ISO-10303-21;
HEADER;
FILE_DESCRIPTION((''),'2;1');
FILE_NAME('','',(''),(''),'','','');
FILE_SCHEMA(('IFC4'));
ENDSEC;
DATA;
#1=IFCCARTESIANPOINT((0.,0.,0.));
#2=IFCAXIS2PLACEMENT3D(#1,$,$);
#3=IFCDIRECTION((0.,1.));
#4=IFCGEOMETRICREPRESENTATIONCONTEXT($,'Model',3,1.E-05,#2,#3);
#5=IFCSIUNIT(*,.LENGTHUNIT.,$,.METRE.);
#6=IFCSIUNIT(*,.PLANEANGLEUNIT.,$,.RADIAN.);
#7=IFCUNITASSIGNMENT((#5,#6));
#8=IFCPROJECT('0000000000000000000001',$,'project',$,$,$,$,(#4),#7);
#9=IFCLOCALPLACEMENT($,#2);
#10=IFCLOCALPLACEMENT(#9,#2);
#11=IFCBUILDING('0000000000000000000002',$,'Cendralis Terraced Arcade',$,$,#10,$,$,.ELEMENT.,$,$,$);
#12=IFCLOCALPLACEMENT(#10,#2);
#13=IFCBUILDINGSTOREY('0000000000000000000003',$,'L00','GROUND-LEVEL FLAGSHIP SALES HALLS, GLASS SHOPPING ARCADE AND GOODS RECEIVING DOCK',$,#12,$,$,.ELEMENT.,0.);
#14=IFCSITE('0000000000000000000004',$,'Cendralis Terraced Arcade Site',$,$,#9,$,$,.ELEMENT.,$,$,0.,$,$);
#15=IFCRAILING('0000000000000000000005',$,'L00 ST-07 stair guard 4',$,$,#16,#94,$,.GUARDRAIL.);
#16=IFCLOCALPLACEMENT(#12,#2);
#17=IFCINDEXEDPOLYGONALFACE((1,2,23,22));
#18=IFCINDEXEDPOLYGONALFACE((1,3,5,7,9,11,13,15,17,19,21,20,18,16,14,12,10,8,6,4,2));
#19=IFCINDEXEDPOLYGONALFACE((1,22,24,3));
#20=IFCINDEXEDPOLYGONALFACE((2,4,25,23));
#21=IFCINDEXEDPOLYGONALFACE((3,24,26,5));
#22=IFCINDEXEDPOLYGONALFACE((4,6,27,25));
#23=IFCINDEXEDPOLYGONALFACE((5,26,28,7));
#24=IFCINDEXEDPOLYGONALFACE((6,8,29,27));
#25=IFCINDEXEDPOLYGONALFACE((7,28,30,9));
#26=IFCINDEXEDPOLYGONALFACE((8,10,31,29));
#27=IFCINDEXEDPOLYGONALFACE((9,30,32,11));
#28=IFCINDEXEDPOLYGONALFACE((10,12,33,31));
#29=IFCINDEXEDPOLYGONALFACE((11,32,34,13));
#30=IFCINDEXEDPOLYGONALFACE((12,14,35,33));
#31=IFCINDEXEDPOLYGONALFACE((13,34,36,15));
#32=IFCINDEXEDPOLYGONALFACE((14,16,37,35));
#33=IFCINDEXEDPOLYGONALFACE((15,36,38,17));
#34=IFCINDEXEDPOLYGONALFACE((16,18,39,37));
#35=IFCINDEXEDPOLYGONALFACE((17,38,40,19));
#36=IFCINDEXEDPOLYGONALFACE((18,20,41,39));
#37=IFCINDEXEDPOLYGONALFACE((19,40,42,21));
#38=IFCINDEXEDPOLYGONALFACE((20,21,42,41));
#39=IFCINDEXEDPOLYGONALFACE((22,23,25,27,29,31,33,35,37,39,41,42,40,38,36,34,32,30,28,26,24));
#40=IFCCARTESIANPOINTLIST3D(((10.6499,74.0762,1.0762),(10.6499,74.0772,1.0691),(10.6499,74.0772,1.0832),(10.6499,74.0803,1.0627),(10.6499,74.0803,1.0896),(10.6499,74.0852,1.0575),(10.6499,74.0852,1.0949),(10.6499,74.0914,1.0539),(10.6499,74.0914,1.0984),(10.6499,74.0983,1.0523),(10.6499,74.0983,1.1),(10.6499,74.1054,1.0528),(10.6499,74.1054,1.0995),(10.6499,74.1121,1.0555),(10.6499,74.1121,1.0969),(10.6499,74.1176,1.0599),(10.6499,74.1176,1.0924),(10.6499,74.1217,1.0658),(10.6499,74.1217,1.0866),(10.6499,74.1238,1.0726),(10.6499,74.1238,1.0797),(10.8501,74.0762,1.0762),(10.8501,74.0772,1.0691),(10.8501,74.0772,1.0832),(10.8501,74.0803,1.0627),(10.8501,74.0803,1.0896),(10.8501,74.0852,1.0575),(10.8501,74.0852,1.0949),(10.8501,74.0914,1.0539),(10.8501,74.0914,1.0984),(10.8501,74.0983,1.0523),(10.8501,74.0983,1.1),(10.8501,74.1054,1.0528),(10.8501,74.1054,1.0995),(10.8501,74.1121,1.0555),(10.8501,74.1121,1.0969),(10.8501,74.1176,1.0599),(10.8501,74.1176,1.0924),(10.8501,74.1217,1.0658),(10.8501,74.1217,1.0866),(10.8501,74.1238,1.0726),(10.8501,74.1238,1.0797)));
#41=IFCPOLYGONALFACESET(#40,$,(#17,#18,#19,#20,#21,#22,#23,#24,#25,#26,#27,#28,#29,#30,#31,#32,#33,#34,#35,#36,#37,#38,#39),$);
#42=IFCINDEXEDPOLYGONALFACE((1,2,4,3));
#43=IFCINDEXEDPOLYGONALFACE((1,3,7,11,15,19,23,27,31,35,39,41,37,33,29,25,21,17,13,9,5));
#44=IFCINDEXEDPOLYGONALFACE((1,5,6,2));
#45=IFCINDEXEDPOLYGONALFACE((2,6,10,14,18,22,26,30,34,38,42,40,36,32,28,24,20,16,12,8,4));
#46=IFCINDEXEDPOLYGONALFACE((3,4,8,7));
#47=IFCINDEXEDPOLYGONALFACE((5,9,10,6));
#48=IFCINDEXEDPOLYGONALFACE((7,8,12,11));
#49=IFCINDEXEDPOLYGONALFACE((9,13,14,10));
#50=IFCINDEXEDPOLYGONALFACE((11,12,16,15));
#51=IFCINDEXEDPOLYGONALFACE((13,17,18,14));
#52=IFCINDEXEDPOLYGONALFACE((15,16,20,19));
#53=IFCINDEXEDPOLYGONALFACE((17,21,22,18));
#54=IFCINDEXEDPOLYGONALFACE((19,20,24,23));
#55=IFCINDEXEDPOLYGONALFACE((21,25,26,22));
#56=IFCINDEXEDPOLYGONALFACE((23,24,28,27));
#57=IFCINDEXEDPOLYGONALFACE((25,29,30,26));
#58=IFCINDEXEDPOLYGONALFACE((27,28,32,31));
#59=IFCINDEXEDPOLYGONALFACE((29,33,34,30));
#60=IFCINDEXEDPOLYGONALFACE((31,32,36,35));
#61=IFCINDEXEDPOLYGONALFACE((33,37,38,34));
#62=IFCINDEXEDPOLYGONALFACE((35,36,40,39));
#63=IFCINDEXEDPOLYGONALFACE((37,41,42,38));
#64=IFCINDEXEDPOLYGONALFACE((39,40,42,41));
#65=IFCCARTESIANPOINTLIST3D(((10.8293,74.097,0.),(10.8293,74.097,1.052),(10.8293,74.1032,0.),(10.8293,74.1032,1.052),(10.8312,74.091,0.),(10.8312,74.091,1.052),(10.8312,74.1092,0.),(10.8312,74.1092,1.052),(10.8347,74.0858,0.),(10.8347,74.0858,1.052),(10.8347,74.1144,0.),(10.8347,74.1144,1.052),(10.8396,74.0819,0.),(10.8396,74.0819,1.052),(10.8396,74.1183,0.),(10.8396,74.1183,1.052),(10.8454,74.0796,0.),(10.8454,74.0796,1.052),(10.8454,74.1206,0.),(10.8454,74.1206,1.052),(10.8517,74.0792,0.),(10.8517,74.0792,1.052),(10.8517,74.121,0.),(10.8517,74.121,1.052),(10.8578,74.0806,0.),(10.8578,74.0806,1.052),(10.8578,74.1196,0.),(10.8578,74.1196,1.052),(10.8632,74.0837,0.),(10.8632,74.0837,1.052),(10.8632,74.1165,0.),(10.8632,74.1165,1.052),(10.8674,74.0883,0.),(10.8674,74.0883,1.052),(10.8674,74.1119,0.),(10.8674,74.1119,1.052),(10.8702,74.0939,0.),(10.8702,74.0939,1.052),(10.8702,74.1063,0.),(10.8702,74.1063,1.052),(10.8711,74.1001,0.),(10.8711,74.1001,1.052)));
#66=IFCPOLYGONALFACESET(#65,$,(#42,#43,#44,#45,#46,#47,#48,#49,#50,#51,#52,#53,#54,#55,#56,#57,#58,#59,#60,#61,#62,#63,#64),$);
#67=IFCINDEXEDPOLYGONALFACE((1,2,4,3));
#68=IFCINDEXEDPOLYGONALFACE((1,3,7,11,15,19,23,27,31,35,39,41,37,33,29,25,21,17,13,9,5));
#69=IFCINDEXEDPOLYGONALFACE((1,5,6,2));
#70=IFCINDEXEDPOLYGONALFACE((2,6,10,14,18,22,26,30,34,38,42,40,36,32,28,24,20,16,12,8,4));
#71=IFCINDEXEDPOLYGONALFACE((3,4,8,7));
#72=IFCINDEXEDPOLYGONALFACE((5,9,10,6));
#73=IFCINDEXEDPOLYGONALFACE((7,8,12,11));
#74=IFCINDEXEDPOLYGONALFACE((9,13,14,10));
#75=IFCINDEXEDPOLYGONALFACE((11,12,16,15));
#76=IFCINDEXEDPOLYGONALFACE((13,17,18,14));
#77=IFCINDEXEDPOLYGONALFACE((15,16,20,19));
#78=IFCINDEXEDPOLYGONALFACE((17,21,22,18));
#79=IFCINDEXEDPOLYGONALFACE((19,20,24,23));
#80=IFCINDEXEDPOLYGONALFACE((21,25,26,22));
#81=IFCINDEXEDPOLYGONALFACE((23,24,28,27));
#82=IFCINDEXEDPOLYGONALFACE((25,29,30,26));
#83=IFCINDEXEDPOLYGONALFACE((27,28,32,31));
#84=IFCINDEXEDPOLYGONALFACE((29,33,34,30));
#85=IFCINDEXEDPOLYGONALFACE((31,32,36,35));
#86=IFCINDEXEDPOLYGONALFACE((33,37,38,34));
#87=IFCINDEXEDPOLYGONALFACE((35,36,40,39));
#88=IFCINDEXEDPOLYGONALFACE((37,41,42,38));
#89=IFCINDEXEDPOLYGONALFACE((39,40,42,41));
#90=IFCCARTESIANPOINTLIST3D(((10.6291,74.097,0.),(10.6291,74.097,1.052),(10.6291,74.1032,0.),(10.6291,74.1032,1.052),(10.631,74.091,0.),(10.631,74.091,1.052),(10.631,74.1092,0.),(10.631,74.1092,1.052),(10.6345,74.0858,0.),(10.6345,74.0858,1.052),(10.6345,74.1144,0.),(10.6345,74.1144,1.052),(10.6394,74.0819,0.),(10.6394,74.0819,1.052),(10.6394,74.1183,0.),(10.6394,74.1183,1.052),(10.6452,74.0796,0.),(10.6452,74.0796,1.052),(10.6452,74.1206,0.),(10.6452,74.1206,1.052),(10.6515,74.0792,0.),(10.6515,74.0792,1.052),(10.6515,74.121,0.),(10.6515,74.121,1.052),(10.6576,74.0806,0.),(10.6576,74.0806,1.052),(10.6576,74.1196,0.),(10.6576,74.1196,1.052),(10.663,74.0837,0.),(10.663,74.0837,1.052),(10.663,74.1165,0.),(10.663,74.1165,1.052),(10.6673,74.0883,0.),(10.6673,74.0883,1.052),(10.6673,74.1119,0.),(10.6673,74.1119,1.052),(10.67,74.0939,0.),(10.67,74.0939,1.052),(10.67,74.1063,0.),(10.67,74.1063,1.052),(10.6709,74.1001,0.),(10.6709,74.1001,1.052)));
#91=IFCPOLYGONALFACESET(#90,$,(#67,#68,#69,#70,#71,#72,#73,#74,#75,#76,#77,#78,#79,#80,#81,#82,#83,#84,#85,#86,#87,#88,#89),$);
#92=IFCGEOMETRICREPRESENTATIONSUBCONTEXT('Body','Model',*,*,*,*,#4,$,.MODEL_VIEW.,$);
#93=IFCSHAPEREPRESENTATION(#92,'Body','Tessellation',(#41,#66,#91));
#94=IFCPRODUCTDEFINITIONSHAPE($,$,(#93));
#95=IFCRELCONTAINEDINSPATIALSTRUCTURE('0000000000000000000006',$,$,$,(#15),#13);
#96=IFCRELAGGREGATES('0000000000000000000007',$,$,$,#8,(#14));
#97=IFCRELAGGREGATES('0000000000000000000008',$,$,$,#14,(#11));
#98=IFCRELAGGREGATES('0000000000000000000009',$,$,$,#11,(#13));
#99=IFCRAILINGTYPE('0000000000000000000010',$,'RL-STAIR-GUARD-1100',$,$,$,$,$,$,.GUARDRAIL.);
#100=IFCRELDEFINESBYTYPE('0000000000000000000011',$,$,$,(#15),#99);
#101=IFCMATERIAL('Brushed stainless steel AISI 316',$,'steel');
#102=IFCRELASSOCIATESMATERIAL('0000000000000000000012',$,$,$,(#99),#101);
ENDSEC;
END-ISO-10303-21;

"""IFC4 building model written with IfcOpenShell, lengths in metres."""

from ifc_helpers import new_model, si_unit, direction, frame, origin, origin_2d, place, context, subcontext, project, spatial, circle, extrude, material, type_object, element, save


model = new_model("IFC4")

# Units and contexts
model_context = context("Model", 3, precision=1e-05, world=origin(), true_north=direction((0.0, 1.0)))
body_context = subcontext(model_context, "Body", "Model", "MODEL_VIEW")
ifc_project = project(units=[si_unit("LENGTHUNIT", "METRE"), si_unit("PLANEANGLEUNIT", "RADIAN")], contexts=[model_context])

# Site, building, storey
site_placement = place(None, origin())
site = spatial("IfcSite", under=ifc_project, at=site_placement, Name="Cendralis Terraced Arcade Site", CompositionType="ELEMENT", RefElevation=0.0)
building_placement = place(site_placement, origin())
building = spatial("IfcBuilding", under=site, at=building_placement, Name="Cendralis Terraced Arcade", CompositionType="ELEMENT")
storey_placement = place(building_placement, origin())
storey = spatial("IfcBuildingStorey", under=building, at=storey_placement, Name="L00", Description="GROUND-LEVEL FLAGSHIP SALES HALLS, GLASS SHOPPING ARCADE AND GOODS RECEIVING DOCK", CompositionType="ELEMENT", Elevation=0.0)

# Railing
ifc_material_1 = material(Name="Brushed stainless steel AISI 316", Category="steel")
railing_type_1 = type_object("IfcRailingType", Name="RL-STAIR-GUARD-1100", PredefinedType="GUARDRAIL", material=ifc_material_1)
railing_1_placement = place(storey_placement, frame((10.8501, 74.1001, 0.0)))
element("IfcRailing", 1, at=railing_1_placement, inside=storey, type_object=railing_type_1, Name="L00 ST-07 stair guard 4", PredefinedType="GUARDRAIL", context=body_context, shape_type="SweptSolid", body=[
    extrude(circle(Radius=0.0239, at=origin_2d()), frame((0.0, 0.0, 1.0762), z_axis=(-1.0, 0.0, 0.0), x_axis=(0.0, -1.0, 0.0)), (0.0, 0.0, 1.0), 0.2002),
    extrude(circle(Radius=0.021, at=origin_2d()), origin(), (0.0, 0.0, 1.0), 1.052),
    extrude(circle(Radius=0.021, at=origin_2d()), frame((-0.2002, 0.0, 0.0)), (0.0, 0.0, 1.0), 1.052),
])

save(model, "model.ifc")
